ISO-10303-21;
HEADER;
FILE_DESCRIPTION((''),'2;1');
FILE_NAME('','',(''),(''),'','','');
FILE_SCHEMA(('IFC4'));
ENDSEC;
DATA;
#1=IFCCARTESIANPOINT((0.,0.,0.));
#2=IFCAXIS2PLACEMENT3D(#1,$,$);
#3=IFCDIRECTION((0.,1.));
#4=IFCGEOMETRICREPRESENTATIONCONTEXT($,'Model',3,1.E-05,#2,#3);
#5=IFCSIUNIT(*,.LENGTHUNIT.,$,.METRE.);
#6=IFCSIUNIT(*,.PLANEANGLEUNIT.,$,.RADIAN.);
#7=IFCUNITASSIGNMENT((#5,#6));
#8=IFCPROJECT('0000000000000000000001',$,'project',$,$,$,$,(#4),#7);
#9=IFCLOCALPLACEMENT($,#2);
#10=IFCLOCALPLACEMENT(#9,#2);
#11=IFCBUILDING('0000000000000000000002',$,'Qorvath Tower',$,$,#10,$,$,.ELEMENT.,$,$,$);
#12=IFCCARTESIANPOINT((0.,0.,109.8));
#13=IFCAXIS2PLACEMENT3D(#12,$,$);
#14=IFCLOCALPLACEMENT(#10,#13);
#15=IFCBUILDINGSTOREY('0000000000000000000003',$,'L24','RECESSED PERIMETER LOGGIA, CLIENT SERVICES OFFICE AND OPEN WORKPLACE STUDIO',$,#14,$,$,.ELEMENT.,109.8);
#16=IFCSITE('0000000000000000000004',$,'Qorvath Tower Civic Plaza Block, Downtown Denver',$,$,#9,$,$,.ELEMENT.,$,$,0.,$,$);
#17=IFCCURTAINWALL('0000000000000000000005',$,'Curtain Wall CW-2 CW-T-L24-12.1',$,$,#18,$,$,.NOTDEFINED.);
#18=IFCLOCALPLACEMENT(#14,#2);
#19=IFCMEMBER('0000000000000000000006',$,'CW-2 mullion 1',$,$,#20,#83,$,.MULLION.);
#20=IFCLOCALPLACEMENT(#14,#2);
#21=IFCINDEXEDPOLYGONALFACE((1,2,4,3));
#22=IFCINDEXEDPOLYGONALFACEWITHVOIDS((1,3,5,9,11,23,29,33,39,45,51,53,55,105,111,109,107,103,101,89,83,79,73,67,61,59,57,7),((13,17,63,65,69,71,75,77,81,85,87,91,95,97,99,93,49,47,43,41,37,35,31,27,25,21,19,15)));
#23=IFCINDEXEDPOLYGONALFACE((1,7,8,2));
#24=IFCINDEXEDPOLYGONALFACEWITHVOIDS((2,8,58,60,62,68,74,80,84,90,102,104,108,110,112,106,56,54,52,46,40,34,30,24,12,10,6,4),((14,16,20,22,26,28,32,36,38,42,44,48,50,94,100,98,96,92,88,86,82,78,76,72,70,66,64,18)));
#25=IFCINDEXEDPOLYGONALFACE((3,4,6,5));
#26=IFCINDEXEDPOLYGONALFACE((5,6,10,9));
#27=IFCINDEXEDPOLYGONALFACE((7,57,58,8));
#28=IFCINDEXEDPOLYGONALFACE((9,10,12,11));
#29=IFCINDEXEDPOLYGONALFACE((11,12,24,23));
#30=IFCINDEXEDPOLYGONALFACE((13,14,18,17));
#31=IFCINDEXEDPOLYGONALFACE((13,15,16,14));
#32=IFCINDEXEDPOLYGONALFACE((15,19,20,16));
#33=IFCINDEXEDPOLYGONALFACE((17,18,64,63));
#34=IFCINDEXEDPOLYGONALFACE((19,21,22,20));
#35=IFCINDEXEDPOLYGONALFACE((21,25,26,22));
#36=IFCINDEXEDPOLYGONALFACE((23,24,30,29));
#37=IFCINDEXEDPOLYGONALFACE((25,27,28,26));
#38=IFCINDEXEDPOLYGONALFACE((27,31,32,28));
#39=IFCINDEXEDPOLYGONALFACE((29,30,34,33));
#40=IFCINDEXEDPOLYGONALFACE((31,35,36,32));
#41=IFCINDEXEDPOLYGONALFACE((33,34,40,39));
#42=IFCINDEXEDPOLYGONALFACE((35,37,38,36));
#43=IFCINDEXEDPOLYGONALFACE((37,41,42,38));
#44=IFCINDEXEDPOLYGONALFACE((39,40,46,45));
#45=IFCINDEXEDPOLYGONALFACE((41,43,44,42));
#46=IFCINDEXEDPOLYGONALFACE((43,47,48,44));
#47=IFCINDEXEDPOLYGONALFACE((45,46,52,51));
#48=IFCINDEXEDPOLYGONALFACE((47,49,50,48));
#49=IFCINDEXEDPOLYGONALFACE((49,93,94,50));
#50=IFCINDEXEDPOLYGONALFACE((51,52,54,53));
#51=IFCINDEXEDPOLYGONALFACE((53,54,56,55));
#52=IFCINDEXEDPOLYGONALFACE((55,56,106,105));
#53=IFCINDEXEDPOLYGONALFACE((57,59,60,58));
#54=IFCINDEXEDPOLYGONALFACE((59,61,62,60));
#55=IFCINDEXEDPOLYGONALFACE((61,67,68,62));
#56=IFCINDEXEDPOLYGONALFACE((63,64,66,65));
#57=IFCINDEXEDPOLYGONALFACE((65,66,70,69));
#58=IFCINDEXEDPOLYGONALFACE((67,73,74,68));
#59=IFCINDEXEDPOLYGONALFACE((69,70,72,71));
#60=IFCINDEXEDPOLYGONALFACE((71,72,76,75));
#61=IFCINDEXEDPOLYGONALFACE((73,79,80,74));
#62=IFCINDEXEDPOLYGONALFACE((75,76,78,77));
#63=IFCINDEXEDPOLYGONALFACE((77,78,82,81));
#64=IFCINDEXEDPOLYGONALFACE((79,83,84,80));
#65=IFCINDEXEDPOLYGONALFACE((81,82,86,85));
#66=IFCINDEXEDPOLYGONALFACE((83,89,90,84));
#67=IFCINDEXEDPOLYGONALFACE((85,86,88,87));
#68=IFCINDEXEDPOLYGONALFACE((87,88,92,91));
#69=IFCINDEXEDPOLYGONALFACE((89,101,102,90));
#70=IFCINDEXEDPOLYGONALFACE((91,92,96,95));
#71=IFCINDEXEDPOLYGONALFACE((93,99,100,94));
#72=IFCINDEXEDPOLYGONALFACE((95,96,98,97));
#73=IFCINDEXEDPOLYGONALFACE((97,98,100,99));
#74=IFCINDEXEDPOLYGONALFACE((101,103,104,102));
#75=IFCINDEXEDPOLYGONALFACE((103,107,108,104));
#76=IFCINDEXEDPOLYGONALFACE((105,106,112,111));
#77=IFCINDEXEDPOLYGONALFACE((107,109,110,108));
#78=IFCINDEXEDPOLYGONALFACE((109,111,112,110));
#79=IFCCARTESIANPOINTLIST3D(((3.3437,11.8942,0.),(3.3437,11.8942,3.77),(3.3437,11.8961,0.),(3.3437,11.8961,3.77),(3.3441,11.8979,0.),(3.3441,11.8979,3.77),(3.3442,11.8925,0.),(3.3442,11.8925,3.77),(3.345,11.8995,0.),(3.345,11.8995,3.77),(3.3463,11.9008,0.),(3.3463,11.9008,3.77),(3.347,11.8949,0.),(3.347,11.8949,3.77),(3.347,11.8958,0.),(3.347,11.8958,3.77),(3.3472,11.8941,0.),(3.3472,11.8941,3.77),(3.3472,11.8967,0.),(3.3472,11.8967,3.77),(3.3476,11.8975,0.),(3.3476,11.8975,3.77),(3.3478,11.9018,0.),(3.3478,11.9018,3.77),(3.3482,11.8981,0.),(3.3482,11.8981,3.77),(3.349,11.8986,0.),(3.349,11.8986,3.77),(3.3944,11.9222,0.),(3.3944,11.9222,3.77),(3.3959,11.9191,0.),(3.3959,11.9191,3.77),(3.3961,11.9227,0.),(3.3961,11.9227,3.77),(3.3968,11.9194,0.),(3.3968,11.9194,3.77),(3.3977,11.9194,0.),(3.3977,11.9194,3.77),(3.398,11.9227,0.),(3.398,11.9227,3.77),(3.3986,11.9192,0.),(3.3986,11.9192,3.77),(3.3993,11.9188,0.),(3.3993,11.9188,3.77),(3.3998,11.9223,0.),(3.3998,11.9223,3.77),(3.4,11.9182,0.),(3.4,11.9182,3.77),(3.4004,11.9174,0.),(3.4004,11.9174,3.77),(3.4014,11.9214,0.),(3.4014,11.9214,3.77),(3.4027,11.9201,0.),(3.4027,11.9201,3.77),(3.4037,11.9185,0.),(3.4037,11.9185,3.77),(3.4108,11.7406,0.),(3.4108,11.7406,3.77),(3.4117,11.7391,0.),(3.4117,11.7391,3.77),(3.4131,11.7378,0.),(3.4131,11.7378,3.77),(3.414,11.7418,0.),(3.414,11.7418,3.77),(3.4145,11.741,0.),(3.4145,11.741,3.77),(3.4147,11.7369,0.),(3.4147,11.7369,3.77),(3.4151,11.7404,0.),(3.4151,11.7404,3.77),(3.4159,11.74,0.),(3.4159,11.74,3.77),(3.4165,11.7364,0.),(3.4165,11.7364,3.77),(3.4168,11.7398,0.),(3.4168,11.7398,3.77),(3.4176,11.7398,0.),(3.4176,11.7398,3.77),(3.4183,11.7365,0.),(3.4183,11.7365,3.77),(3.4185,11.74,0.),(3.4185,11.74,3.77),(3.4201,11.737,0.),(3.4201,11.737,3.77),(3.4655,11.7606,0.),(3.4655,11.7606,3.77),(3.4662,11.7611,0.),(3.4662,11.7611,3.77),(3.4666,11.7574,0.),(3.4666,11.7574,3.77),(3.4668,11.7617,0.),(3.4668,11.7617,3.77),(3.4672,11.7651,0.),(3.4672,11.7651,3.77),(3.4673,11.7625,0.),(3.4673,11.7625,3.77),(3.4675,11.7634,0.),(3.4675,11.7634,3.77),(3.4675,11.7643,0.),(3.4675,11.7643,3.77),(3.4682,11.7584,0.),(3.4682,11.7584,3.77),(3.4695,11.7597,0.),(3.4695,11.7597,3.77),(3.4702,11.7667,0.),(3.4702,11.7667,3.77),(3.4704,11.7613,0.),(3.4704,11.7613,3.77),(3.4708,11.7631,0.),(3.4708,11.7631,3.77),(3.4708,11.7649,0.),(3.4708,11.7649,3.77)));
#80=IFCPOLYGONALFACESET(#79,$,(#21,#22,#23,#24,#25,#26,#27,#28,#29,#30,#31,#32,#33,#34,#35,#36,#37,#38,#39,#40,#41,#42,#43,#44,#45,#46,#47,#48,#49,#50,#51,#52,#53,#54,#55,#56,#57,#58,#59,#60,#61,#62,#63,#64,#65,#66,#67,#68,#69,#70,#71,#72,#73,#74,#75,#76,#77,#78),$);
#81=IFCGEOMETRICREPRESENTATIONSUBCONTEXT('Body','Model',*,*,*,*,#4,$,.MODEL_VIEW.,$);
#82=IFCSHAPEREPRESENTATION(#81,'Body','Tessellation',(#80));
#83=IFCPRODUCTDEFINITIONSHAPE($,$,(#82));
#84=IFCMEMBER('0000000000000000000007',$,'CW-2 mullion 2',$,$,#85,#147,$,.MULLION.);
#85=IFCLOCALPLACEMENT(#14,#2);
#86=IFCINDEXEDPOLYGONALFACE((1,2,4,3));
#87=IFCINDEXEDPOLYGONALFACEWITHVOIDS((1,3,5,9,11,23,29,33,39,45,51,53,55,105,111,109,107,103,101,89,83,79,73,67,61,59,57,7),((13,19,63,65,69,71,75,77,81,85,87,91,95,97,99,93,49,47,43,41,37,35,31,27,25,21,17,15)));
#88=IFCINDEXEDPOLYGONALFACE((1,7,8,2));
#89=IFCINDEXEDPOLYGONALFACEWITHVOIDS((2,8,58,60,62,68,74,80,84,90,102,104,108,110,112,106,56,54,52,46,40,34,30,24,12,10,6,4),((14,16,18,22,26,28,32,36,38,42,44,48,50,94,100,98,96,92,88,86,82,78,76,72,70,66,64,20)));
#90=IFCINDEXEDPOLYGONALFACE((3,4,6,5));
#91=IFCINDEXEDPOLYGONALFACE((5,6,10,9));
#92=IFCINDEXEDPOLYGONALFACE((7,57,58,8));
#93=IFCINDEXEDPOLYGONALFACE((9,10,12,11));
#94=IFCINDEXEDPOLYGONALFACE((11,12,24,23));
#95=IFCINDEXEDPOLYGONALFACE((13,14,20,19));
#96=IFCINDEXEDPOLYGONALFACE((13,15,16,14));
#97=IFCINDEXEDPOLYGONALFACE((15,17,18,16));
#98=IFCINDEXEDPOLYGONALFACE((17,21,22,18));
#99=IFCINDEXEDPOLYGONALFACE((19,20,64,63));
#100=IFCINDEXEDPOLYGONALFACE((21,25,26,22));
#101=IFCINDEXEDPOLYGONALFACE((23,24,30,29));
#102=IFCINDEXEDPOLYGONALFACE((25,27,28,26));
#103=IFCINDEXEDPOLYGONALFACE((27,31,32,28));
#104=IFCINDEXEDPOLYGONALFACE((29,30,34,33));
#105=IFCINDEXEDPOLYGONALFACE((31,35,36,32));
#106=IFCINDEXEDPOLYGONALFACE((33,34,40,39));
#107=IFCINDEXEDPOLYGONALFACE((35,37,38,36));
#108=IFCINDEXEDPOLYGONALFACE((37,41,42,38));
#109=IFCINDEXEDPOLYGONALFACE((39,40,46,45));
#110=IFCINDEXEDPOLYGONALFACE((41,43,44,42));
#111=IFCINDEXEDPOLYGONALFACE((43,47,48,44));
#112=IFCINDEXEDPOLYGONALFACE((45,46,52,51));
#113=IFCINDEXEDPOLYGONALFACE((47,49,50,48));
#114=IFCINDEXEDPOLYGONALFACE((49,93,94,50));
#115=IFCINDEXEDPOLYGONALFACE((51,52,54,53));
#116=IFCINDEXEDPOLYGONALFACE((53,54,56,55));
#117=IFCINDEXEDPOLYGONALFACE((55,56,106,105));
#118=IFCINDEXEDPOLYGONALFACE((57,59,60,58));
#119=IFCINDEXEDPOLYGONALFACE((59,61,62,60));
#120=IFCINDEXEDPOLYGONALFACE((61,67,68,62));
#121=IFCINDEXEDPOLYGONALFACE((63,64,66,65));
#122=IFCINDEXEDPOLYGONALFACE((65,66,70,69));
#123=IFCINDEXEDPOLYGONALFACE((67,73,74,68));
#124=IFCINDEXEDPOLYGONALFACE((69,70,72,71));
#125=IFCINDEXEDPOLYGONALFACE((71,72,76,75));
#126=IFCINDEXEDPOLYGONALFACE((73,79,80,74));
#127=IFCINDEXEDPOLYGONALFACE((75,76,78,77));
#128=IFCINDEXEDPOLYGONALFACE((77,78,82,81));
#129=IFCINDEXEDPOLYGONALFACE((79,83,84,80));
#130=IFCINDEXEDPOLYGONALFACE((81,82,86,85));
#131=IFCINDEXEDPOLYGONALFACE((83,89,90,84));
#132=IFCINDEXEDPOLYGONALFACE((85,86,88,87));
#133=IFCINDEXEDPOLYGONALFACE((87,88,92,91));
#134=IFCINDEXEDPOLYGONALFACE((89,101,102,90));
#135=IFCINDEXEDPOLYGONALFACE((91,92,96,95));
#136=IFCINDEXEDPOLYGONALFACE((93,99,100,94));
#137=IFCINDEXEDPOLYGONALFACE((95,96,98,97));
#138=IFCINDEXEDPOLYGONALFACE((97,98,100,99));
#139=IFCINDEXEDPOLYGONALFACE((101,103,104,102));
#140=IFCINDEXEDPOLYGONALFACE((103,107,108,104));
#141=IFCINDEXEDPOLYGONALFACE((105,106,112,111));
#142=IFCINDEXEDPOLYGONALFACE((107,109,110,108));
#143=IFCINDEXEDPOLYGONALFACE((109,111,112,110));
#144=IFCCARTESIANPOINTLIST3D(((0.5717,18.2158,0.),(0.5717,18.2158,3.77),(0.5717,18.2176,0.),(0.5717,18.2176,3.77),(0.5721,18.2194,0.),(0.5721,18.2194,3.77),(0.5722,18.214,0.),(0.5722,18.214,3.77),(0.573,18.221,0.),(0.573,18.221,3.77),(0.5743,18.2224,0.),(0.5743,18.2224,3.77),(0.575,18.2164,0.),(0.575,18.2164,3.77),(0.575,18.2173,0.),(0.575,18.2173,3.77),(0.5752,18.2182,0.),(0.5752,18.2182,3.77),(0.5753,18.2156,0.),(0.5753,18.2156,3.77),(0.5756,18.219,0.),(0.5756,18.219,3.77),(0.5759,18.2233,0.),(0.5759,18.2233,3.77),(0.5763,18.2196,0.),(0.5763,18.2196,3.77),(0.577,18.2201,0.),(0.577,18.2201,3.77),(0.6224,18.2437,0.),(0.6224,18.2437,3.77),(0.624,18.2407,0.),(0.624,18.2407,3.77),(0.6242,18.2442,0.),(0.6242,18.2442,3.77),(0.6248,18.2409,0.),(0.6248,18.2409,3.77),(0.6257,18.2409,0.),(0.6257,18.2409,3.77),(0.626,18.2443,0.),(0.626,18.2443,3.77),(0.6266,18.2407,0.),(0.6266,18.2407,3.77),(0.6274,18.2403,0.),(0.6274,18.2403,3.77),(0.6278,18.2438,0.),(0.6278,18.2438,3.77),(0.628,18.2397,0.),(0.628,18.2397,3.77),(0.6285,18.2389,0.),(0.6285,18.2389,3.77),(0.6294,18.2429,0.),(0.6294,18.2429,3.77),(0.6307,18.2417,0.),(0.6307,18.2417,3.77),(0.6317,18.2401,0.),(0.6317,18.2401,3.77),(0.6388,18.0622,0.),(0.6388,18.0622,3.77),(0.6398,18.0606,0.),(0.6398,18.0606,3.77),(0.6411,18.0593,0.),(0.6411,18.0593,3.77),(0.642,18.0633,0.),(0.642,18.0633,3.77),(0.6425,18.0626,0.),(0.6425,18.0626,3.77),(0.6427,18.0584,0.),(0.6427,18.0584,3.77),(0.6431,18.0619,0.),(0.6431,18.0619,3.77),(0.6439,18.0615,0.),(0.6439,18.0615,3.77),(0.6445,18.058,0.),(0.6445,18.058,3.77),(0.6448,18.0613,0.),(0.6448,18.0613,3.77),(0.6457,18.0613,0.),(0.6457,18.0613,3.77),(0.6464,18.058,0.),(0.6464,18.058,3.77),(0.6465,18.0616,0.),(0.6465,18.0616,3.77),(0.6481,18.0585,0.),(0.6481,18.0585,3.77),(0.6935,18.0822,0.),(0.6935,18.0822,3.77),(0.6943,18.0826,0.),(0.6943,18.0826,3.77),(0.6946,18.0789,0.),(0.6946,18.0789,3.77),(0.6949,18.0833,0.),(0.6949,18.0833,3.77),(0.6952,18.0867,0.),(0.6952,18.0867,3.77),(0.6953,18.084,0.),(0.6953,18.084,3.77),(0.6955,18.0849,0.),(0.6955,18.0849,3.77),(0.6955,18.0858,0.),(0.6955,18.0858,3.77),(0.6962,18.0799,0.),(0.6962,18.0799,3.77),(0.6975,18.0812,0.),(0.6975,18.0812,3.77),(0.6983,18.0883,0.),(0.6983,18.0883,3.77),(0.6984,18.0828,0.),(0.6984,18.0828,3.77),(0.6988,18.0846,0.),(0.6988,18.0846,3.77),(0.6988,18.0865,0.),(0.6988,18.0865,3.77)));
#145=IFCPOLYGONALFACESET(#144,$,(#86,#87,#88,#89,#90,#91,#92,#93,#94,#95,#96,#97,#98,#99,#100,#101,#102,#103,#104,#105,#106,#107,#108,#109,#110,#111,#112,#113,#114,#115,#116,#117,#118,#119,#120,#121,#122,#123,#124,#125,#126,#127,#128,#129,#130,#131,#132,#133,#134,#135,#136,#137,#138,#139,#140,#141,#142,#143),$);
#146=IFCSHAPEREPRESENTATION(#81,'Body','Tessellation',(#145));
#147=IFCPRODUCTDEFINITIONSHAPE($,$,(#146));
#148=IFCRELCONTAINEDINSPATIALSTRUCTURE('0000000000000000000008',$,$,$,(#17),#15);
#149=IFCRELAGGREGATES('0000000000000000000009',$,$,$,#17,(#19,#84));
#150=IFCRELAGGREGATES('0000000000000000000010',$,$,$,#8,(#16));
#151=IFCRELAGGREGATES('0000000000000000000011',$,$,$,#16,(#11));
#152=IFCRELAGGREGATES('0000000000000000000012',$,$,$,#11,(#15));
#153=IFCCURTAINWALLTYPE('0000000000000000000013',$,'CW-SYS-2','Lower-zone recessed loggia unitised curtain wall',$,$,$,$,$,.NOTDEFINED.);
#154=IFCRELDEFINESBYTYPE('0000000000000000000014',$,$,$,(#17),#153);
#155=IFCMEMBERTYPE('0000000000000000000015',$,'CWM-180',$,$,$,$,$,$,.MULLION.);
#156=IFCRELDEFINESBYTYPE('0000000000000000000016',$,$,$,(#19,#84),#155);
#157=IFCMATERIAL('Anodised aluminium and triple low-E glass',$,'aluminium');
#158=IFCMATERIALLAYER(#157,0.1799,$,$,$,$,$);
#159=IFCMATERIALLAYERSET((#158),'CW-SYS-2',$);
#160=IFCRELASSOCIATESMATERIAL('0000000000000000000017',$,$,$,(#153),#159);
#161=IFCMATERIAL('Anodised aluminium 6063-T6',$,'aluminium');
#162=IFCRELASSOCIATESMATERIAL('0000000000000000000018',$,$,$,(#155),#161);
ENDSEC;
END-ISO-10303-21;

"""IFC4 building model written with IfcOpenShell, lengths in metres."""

from ifc_helpers import new_model, si_unit, direction, frame, origin, origin_2d, place, context, subcontext, project, spatial, hollow_rectangle, extrude, material, layer, layer_set, material_profile, profile_set, type_object, element, aggregate, save


model = new_model("IFC4")

# Units and contexts
model_context = context("Model", 3, precision=1e-05, world=origin(), true_north=direction((0.0, 1.0)))
body_context = subcontext(model_context, "Body", "Model", "MODEL_VIEW")
ifc_project = project(units=[si_unit("LENGTHUNIT", "METRE"), si_unit("PLANEANGLEUNIT", "RADIAN")], contexts=[model_context])

# Site, building, storey
site_placement = place(None, origin())
site = spatial("IfcSite", under=ifc_project, at=site_placement, Name="Qorvath Tower Civic Plaza Block, Downtown Denver", CompositionType="ELEMENT", RefElevation=0.0)
building_placement = place(site_placement, origin())
building = spatial("IfcBuilding", under=site, at=building_placement, Name="Qorvath Tower", CompositionType="ELEMENT")
storey_placement = place(building_placement, frame((0.0, 0.0, 109.8)))
storey = spatial("IfcBuildingStorey", under=building, at=storey_placement, Name="L24", Description="RECESSED PERIMETER LOGGIA, CLIENT SERVICES OFFICE AND OPEN WORKPLACE STUDIO", CompositionType="ELEMENT", Elevation=109.8)

# Curtain wall, members
ifc_material_1 = material(Name="Anodised aluminium and triple low-E glass", Category="aluminium")
ifc_layer_1 = layer(ifc_material_1, 0.1799)
ifc_layer_set_1 = layer_set([ifc_layer_1], Name="CW-SYS-2")
curtain_wall_type = type_object("IfcCurtainWallType", Name="CW-SYS-2", Description="Lower-zone recessed loggia unitised curtain wall", PredefinedType="NOTDEFINED", material=ifc_layer_set_1)
ifc_material_2 = material(Name="Anodised aluminium 6063-T6", Category="aluminium")
ifc_material_profile_1 = material_profile(ifc_material_2, hollow_rectangle(XDim=0.0649, YDim=0.1799, WallThickness=0.0034, InnerFilletRadius=0.0034, OuterFilletRadius=0.0071, at=origin_2d()), Name="CWM 180x65")
ifc_profile_set_1 = profile_set([ifc_material_profile_1], Name="Anodised aluminium 6063-T6")
member_type_1 = type_object("IfcMemberType", Name="CWM-180", PredefinedType="MULLION", material=ifc_profile_set_1)
curtain_wall_1_placement = place(storey_placement, origin())
curtain_wall_1 = element("IfcCurtainWall", 1, at=curtain_wall_1_placement, inside=storey, type_object=curtain_wall_type, Name="Curtain Wall CW-2 CW-T-L24-12.1", PredefinedType="NOTDEFINED")
member_1_placement = place(storey_placement, frame((3.4072, 11.8296, 0.0), z_axis=(0.0, 0.0, 1.0), x_axis=(-0.915821, -0.401586, 0.0)))
member_1 = element("IfcMember", 2, at=member_1_placement, type_object=member_type_1, Name="CW-2 mullion 1", PredefinedType="MULLION", context=body_context, shape_type="SweptSolid", body=[
    extrude(hollow_rectangle(XDim=0.0649, YDim=0.1799, WallThickness=0.0034, InnerFilletRadius=0.0034, OuterFilletRadius=0.0071, at=origin_2d()), origin(), (0.0, 0.0, 1.0), 3.77),
])
member_2_placement = place(storey_placement, frame((0.6353, 18.1511, 0.0), z_axis=(0.0, 0.0, 1.0), x_axis=(-0.915821, -0.401586, 0.0)))
member_2 = element("IfcMember", 3, at=member_2_placement, type_object=member_type_1, Name="CW-2 mullion 2", PredefinedType="MULLION", context=body_context, shape_type="SweptSolid", body=[
    extrude(hollow_rectangle(XDim=0.0649, YDim=0.1799, WallThickness=0.0034, InnerFilletRadius=0.0034, OuterFilletRadius=0.0071, at=origin_2d()), origin(), (0.0, 0.0, 1.0), 3.77),
])

aggregate(curtain_wall_1, [member_1, member_2])

save(model, "model.ifc")
